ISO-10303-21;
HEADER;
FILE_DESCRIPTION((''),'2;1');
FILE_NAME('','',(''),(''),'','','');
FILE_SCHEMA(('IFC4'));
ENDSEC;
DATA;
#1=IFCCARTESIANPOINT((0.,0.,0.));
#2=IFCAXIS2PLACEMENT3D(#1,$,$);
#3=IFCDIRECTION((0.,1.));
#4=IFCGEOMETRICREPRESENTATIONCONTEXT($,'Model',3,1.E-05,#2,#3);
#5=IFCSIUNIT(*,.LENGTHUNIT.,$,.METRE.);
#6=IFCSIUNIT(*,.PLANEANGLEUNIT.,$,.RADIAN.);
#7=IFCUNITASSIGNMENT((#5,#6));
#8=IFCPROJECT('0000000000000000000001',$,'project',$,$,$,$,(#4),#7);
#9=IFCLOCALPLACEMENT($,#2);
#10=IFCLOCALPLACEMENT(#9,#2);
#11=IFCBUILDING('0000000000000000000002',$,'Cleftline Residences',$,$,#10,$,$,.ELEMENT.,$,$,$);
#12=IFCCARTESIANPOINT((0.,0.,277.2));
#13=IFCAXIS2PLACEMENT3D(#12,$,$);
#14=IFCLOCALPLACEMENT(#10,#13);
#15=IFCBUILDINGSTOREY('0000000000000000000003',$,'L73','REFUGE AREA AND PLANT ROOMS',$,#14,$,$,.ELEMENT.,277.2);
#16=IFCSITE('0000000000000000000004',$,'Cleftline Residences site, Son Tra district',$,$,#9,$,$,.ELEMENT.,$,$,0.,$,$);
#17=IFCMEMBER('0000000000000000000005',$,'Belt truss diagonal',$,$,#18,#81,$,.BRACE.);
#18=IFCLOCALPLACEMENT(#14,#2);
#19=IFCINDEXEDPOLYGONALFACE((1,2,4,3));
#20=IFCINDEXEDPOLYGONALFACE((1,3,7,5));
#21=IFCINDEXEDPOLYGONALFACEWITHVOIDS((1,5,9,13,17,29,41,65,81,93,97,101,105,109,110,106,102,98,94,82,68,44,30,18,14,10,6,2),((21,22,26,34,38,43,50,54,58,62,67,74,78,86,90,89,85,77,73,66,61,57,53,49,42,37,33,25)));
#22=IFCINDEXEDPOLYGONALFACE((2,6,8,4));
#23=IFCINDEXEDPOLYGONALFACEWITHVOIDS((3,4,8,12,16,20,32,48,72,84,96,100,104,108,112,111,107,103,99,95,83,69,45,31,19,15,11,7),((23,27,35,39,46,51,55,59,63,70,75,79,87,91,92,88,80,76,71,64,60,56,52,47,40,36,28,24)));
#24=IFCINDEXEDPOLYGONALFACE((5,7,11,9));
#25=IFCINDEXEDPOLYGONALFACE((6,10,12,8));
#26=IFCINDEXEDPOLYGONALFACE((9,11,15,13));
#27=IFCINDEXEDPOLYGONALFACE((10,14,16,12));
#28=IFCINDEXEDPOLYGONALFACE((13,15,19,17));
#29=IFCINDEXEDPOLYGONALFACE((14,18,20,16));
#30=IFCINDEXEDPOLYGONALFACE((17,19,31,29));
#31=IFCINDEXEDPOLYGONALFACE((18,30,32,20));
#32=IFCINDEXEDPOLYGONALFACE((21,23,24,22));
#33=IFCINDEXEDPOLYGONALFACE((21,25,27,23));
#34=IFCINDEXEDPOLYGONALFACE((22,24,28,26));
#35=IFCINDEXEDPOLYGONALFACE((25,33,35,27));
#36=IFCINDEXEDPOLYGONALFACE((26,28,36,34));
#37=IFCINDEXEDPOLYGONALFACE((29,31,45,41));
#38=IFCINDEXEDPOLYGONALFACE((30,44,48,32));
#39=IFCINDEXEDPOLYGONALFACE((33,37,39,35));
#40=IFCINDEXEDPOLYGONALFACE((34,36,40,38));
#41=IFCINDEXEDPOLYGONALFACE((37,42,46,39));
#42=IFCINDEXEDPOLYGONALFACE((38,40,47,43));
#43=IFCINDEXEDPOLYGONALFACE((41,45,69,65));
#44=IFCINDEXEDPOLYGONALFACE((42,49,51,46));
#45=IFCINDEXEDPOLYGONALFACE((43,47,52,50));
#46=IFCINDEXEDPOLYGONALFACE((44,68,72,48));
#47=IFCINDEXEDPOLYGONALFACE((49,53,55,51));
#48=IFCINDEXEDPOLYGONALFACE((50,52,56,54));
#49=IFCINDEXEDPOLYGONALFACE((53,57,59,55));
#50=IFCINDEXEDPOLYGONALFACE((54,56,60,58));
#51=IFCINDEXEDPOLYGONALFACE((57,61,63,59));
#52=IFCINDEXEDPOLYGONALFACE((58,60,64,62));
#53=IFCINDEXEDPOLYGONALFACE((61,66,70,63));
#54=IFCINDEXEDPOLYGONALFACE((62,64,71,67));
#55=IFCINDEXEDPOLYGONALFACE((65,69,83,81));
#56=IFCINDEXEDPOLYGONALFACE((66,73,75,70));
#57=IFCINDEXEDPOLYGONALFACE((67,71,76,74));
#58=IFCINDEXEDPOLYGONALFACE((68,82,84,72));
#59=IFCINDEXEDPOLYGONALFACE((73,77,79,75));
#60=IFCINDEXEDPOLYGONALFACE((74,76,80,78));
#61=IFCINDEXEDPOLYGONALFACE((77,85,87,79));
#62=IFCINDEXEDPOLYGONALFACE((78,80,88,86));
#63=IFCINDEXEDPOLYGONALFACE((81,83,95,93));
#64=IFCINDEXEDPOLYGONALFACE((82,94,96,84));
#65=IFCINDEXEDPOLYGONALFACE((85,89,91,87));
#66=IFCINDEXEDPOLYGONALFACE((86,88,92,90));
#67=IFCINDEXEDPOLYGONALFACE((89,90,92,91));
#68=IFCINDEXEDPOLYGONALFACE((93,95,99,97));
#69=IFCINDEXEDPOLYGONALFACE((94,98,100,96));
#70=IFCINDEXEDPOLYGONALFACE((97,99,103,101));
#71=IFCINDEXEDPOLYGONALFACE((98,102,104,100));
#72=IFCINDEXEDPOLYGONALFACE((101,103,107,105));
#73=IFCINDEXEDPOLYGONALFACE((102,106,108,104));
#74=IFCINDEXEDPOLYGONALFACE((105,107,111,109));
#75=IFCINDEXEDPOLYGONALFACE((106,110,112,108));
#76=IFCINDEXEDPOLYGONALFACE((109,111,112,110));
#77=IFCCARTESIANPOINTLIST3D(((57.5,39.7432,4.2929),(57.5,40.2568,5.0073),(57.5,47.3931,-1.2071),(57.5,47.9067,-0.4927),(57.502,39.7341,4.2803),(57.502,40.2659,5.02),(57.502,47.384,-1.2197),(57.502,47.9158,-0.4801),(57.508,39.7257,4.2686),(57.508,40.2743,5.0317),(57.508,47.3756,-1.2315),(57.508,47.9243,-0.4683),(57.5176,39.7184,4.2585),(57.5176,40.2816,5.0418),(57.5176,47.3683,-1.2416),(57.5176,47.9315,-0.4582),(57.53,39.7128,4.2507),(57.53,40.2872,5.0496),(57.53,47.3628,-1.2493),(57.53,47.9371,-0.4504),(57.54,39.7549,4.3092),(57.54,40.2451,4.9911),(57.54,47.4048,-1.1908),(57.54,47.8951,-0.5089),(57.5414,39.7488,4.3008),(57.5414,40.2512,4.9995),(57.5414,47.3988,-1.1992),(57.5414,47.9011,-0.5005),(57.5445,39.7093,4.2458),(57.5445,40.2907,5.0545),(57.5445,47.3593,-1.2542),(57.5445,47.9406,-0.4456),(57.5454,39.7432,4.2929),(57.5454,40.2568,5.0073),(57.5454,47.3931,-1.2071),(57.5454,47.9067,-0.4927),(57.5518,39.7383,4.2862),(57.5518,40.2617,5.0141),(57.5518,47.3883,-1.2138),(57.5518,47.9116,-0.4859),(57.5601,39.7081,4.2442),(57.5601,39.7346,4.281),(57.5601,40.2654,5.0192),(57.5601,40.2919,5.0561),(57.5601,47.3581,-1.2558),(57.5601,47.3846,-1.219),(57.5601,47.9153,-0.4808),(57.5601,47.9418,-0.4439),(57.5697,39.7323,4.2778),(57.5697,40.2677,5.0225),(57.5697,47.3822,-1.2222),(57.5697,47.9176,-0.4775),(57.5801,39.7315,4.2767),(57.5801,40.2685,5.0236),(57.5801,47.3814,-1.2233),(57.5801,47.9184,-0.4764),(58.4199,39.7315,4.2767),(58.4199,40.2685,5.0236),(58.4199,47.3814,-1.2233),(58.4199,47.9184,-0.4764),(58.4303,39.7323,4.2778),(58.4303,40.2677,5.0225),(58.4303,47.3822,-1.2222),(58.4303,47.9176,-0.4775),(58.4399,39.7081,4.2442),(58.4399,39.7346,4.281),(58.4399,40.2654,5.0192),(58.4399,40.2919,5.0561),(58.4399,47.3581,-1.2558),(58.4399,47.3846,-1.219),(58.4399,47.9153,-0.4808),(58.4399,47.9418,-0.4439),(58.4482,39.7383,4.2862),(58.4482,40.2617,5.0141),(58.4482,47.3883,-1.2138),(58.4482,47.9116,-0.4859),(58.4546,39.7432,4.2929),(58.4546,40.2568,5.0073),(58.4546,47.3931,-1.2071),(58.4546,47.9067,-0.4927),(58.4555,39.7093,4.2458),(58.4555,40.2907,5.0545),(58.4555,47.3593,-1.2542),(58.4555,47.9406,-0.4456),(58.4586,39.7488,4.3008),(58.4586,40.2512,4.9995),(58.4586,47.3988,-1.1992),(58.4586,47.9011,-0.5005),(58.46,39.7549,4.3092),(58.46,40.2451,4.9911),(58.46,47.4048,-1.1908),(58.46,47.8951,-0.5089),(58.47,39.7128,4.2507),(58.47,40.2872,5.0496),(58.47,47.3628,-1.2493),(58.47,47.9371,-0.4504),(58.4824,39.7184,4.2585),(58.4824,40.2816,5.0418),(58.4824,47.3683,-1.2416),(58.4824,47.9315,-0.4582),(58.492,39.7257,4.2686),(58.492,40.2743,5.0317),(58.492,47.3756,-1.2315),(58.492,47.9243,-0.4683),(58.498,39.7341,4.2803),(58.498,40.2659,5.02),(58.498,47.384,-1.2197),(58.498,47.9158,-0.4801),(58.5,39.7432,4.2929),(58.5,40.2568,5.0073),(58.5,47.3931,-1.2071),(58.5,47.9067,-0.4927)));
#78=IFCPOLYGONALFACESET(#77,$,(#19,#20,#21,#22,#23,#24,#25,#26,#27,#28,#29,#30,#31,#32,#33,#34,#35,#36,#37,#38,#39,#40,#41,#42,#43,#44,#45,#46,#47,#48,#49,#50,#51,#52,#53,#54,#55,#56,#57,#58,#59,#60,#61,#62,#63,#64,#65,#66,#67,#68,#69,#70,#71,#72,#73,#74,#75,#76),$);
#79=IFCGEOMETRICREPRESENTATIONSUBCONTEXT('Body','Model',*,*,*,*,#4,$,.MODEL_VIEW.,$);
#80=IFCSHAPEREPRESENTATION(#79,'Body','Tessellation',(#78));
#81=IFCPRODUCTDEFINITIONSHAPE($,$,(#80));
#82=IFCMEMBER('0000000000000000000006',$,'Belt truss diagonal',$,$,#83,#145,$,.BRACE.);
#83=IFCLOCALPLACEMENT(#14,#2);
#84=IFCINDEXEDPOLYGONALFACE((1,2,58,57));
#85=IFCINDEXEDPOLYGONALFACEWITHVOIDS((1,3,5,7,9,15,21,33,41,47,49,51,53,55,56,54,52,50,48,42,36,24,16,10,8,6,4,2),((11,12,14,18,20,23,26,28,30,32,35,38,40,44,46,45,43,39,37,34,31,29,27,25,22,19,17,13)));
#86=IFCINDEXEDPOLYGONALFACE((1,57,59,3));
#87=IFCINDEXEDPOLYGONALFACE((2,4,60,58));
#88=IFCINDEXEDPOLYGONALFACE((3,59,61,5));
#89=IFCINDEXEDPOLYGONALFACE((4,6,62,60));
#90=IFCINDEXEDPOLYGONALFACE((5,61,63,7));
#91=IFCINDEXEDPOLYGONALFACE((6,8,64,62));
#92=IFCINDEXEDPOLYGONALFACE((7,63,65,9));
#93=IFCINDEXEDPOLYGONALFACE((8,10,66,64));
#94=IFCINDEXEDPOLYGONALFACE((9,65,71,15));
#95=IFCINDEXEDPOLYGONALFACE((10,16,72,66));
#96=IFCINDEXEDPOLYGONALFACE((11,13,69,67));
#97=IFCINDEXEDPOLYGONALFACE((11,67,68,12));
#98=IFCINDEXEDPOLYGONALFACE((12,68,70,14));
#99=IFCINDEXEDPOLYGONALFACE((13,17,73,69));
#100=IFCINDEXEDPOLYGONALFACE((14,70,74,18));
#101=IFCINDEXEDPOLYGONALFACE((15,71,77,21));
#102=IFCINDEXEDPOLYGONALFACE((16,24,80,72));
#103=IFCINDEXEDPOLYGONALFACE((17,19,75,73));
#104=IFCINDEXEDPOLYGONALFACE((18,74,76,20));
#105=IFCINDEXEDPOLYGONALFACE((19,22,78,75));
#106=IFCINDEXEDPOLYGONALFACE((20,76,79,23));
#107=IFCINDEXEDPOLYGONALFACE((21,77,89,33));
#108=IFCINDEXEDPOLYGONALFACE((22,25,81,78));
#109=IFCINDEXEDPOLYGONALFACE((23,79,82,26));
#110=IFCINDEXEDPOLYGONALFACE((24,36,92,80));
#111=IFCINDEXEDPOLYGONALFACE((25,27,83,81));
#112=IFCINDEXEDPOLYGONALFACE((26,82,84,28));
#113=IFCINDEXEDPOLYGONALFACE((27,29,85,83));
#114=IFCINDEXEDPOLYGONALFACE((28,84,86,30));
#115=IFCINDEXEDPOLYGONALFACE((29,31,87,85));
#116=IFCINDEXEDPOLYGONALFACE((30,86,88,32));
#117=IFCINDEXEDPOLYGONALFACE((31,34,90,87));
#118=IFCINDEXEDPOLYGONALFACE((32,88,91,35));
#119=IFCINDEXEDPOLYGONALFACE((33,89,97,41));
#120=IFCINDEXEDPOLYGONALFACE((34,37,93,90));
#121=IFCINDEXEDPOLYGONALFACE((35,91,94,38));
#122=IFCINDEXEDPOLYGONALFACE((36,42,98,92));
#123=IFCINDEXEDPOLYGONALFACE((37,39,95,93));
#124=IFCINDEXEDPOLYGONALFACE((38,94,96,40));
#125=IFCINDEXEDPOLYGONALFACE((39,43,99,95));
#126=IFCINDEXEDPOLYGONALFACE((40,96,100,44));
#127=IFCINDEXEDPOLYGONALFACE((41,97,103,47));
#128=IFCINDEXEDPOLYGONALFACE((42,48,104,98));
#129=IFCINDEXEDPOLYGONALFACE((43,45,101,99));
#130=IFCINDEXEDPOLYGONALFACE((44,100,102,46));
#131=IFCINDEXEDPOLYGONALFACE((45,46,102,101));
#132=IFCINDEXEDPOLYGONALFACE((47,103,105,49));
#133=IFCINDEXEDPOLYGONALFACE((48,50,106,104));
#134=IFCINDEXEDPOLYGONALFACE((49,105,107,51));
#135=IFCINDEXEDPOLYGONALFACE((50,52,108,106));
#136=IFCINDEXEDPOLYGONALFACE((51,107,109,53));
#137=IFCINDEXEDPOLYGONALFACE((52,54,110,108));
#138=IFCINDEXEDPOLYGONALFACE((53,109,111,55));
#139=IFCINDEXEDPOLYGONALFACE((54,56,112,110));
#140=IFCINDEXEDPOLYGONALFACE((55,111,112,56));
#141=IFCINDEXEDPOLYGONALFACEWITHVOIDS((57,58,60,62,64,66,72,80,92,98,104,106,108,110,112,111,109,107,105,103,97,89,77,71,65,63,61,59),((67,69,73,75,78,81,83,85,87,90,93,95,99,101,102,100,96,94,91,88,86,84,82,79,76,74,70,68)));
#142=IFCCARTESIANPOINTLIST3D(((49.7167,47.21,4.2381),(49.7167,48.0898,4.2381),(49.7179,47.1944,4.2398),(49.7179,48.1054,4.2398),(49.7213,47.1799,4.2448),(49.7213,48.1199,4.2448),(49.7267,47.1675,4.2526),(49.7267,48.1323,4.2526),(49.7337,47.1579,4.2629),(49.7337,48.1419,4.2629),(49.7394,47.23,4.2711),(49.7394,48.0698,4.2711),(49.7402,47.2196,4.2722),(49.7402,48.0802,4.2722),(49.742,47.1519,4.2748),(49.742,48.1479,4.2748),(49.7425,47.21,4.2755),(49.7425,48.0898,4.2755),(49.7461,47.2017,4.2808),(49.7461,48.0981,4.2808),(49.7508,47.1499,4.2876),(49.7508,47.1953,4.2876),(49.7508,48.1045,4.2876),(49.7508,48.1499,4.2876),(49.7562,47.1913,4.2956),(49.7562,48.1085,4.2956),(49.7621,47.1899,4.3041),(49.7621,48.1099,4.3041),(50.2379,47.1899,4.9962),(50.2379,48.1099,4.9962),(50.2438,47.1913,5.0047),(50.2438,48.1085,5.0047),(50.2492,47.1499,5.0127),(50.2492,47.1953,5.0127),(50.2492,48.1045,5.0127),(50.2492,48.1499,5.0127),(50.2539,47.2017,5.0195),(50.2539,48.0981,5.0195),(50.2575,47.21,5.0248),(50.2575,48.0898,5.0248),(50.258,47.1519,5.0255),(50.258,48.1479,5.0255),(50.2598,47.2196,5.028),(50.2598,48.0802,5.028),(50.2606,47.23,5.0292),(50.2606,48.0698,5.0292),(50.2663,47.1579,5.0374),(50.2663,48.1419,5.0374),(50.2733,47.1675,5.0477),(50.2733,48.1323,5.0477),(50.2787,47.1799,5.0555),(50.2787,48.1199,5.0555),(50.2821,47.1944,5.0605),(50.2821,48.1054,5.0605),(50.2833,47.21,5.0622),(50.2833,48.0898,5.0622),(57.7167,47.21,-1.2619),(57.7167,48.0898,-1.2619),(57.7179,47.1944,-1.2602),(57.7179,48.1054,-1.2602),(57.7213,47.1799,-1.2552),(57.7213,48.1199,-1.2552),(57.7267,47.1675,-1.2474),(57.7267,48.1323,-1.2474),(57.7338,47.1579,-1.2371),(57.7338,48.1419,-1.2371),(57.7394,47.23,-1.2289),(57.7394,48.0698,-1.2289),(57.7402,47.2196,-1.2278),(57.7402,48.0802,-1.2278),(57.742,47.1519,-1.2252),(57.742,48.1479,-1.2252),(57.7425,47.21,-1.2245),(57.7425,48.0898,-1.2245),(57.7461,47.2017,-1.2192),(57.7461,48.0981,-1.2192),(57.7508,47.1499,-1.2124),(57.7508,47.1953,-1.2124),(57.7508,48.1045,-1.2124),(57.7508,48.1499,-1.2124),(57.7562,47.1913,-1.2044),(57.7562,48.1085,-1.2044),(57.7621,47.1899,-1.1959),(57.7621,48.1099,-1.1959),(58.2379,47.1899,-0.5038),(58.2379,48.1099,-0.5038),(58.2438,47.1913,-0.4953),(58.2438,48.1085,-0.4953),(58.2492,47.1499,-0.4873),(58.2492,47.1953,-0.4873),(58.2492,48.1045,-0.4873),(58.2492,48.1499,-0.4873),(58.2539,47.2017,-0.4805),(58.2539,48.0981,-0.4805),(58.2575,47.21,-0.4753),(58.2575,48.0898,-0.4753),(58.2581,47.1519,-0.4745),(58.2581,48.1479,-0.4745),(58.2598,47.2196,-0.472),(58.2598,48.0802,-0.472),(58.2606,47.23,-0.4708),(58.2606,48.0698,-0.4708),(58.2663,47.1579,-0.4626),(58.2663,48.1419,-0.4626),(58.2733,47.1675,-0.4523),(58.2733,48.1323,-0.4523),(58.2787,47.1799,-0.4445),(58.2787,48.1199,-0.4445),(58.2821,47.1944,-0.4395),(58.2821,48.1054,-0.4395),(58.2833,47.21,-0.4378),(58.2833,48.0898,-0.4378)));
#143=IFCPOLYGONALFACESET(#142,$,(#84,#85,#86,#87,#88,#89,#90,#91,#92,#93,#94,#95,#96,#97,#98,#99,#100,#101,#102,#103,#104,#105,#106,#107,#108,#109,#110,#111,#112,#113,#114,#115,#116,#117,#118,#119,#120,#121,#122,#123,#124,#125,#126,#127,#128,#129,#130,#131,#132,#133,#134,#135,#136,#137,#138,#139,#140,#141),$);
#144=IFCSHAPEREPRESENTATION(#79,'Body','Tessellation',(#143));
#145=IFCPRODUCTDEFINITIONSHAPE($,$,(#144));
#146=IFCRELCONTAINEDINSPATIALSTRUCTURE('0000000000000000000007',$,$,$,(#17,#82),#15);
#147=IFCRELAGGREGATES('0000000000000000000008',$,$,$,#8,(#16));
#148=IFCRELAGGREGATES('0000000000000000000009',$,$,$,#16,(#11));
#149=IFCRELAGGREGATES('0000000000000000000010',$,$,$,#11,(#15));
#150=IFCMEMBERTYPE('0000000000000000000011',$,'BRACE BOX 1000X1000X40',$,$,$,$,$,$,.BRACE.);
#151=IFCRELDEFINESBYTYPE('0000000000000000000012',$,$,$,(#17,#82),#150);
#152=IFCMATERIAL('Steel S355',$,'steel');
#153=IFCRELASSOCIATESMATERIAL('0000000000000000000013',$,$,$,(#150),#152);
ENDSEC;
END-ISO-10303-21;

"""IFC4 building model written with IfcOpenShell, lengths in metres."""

from ifc_helpers import new_model, si_unit, direction, frame, origin, origin_2d, place, context, subcontext, project, spatial, hollow_rectangle, extrude, material, material_profile, profile_set, type_object, element, save


model = new_model("IFC4")

# Units and contexts
model_context = context("Model", 3, precision=1e-05, world=origin(), true_north=direction((0.0, 1.0)))
body_context = subcontext(model_context, "Body", "Model", "MODEL_VIEW")
ifc_project = project(units=[si_unit("LENGTHUNIT", "METRE"), si_unit("PLANEANGLEUNIT", "RADIAN")], contexts=[model_context])

# Site, building, storey
site_placement = place(None, origin())
site = spatial("IfcSite", under=ifc_project, at=site_placement, Name="Cleftline Residences site, Son Tra district", CompositionType="ELEMENT", RefElevation=0.0)
building_placement = place(site_placement, origin())
building = spatial("IfcBuilding", under=site, at=building_placement, Name="Cleftline Residences", CompositionType="ELEMENT")
storey_placement = place(building_placement, frame((0.0, 0.0, 277.2)))
storey = spatial("IfcBuildingStorey", under=building, at=storey_placement, Name="L73", Description="REFUGE AREA AND PLANT ROOMS", CompositionType="ELEMENT", Elevation=277.2)

# Members
ifc_material_1 = material(Name="Steel S355", Category="steel")
ifc_material_profile_1 = material_profile(ifc_material_1, hollow_rectangle(XDim=1.0, YDim=1.0, WallThickness=0.04, InnerFilletRadius=0.04, OuterFilletRadius=0.0601, at=origin_2d()))
ifc_profile_set_1 = profile_set([ifc_material_profile_1], Name="Steel S355")
member_type_1 = type_object("IfcMemberType", Name="BRACE BOX 1000X1000X40", PredefinedType="BRACE", material=ifc_profile_set_1)
member_1_placement = place(storey_placement, frame((58.0, 40.0, 4.6501), z_axis=(0.0, 0.811933, -0.58375), x_axis=(0.0, 0.58375, 0.811933)))
element("IfcMember", 1, at=member_1_placement, inside=storey, type_object=member_type_1, Name="Belt truss diagonal", PredefinedType="BRACE", context=body_context, shape_type="SweptSolid", body=[
    extrude(hollow_rectangle(XDim=1.0, YDim=1.0, WallThickness=0.04, InnerFilletRadius=0.04, OuterFilletRadius=0.0601, at=origin_2d()), origin(), (0.0, 0.0, 1.0), 9.4219),
])
member_2_placement = place(storey_placement, frame((50.0, 47.6499, 4.6501), z_axis=(0.824042, 0.0, -0.566529), x_axis=(0.566529, 0.0, 0.824042)))
element("IfcMember", 2, at=member_2_placement, inside=storey, type_object=member_type_1, Name="Belt truss diagonal", PredefinedType="BRACE", context=body_context, shape_type="SweptSolid", body=[
    extrude(hollow_rectangle(XDim=1.0, YDim=1.0, WallThickness=0.04, InnerFilletRadius=0.04, OuterFilletRadius=0.0601, at=origin_2d()), origin(), (0.0, 0.0, 1.0), 9.7083),
])

save(model, "model.ifc")
